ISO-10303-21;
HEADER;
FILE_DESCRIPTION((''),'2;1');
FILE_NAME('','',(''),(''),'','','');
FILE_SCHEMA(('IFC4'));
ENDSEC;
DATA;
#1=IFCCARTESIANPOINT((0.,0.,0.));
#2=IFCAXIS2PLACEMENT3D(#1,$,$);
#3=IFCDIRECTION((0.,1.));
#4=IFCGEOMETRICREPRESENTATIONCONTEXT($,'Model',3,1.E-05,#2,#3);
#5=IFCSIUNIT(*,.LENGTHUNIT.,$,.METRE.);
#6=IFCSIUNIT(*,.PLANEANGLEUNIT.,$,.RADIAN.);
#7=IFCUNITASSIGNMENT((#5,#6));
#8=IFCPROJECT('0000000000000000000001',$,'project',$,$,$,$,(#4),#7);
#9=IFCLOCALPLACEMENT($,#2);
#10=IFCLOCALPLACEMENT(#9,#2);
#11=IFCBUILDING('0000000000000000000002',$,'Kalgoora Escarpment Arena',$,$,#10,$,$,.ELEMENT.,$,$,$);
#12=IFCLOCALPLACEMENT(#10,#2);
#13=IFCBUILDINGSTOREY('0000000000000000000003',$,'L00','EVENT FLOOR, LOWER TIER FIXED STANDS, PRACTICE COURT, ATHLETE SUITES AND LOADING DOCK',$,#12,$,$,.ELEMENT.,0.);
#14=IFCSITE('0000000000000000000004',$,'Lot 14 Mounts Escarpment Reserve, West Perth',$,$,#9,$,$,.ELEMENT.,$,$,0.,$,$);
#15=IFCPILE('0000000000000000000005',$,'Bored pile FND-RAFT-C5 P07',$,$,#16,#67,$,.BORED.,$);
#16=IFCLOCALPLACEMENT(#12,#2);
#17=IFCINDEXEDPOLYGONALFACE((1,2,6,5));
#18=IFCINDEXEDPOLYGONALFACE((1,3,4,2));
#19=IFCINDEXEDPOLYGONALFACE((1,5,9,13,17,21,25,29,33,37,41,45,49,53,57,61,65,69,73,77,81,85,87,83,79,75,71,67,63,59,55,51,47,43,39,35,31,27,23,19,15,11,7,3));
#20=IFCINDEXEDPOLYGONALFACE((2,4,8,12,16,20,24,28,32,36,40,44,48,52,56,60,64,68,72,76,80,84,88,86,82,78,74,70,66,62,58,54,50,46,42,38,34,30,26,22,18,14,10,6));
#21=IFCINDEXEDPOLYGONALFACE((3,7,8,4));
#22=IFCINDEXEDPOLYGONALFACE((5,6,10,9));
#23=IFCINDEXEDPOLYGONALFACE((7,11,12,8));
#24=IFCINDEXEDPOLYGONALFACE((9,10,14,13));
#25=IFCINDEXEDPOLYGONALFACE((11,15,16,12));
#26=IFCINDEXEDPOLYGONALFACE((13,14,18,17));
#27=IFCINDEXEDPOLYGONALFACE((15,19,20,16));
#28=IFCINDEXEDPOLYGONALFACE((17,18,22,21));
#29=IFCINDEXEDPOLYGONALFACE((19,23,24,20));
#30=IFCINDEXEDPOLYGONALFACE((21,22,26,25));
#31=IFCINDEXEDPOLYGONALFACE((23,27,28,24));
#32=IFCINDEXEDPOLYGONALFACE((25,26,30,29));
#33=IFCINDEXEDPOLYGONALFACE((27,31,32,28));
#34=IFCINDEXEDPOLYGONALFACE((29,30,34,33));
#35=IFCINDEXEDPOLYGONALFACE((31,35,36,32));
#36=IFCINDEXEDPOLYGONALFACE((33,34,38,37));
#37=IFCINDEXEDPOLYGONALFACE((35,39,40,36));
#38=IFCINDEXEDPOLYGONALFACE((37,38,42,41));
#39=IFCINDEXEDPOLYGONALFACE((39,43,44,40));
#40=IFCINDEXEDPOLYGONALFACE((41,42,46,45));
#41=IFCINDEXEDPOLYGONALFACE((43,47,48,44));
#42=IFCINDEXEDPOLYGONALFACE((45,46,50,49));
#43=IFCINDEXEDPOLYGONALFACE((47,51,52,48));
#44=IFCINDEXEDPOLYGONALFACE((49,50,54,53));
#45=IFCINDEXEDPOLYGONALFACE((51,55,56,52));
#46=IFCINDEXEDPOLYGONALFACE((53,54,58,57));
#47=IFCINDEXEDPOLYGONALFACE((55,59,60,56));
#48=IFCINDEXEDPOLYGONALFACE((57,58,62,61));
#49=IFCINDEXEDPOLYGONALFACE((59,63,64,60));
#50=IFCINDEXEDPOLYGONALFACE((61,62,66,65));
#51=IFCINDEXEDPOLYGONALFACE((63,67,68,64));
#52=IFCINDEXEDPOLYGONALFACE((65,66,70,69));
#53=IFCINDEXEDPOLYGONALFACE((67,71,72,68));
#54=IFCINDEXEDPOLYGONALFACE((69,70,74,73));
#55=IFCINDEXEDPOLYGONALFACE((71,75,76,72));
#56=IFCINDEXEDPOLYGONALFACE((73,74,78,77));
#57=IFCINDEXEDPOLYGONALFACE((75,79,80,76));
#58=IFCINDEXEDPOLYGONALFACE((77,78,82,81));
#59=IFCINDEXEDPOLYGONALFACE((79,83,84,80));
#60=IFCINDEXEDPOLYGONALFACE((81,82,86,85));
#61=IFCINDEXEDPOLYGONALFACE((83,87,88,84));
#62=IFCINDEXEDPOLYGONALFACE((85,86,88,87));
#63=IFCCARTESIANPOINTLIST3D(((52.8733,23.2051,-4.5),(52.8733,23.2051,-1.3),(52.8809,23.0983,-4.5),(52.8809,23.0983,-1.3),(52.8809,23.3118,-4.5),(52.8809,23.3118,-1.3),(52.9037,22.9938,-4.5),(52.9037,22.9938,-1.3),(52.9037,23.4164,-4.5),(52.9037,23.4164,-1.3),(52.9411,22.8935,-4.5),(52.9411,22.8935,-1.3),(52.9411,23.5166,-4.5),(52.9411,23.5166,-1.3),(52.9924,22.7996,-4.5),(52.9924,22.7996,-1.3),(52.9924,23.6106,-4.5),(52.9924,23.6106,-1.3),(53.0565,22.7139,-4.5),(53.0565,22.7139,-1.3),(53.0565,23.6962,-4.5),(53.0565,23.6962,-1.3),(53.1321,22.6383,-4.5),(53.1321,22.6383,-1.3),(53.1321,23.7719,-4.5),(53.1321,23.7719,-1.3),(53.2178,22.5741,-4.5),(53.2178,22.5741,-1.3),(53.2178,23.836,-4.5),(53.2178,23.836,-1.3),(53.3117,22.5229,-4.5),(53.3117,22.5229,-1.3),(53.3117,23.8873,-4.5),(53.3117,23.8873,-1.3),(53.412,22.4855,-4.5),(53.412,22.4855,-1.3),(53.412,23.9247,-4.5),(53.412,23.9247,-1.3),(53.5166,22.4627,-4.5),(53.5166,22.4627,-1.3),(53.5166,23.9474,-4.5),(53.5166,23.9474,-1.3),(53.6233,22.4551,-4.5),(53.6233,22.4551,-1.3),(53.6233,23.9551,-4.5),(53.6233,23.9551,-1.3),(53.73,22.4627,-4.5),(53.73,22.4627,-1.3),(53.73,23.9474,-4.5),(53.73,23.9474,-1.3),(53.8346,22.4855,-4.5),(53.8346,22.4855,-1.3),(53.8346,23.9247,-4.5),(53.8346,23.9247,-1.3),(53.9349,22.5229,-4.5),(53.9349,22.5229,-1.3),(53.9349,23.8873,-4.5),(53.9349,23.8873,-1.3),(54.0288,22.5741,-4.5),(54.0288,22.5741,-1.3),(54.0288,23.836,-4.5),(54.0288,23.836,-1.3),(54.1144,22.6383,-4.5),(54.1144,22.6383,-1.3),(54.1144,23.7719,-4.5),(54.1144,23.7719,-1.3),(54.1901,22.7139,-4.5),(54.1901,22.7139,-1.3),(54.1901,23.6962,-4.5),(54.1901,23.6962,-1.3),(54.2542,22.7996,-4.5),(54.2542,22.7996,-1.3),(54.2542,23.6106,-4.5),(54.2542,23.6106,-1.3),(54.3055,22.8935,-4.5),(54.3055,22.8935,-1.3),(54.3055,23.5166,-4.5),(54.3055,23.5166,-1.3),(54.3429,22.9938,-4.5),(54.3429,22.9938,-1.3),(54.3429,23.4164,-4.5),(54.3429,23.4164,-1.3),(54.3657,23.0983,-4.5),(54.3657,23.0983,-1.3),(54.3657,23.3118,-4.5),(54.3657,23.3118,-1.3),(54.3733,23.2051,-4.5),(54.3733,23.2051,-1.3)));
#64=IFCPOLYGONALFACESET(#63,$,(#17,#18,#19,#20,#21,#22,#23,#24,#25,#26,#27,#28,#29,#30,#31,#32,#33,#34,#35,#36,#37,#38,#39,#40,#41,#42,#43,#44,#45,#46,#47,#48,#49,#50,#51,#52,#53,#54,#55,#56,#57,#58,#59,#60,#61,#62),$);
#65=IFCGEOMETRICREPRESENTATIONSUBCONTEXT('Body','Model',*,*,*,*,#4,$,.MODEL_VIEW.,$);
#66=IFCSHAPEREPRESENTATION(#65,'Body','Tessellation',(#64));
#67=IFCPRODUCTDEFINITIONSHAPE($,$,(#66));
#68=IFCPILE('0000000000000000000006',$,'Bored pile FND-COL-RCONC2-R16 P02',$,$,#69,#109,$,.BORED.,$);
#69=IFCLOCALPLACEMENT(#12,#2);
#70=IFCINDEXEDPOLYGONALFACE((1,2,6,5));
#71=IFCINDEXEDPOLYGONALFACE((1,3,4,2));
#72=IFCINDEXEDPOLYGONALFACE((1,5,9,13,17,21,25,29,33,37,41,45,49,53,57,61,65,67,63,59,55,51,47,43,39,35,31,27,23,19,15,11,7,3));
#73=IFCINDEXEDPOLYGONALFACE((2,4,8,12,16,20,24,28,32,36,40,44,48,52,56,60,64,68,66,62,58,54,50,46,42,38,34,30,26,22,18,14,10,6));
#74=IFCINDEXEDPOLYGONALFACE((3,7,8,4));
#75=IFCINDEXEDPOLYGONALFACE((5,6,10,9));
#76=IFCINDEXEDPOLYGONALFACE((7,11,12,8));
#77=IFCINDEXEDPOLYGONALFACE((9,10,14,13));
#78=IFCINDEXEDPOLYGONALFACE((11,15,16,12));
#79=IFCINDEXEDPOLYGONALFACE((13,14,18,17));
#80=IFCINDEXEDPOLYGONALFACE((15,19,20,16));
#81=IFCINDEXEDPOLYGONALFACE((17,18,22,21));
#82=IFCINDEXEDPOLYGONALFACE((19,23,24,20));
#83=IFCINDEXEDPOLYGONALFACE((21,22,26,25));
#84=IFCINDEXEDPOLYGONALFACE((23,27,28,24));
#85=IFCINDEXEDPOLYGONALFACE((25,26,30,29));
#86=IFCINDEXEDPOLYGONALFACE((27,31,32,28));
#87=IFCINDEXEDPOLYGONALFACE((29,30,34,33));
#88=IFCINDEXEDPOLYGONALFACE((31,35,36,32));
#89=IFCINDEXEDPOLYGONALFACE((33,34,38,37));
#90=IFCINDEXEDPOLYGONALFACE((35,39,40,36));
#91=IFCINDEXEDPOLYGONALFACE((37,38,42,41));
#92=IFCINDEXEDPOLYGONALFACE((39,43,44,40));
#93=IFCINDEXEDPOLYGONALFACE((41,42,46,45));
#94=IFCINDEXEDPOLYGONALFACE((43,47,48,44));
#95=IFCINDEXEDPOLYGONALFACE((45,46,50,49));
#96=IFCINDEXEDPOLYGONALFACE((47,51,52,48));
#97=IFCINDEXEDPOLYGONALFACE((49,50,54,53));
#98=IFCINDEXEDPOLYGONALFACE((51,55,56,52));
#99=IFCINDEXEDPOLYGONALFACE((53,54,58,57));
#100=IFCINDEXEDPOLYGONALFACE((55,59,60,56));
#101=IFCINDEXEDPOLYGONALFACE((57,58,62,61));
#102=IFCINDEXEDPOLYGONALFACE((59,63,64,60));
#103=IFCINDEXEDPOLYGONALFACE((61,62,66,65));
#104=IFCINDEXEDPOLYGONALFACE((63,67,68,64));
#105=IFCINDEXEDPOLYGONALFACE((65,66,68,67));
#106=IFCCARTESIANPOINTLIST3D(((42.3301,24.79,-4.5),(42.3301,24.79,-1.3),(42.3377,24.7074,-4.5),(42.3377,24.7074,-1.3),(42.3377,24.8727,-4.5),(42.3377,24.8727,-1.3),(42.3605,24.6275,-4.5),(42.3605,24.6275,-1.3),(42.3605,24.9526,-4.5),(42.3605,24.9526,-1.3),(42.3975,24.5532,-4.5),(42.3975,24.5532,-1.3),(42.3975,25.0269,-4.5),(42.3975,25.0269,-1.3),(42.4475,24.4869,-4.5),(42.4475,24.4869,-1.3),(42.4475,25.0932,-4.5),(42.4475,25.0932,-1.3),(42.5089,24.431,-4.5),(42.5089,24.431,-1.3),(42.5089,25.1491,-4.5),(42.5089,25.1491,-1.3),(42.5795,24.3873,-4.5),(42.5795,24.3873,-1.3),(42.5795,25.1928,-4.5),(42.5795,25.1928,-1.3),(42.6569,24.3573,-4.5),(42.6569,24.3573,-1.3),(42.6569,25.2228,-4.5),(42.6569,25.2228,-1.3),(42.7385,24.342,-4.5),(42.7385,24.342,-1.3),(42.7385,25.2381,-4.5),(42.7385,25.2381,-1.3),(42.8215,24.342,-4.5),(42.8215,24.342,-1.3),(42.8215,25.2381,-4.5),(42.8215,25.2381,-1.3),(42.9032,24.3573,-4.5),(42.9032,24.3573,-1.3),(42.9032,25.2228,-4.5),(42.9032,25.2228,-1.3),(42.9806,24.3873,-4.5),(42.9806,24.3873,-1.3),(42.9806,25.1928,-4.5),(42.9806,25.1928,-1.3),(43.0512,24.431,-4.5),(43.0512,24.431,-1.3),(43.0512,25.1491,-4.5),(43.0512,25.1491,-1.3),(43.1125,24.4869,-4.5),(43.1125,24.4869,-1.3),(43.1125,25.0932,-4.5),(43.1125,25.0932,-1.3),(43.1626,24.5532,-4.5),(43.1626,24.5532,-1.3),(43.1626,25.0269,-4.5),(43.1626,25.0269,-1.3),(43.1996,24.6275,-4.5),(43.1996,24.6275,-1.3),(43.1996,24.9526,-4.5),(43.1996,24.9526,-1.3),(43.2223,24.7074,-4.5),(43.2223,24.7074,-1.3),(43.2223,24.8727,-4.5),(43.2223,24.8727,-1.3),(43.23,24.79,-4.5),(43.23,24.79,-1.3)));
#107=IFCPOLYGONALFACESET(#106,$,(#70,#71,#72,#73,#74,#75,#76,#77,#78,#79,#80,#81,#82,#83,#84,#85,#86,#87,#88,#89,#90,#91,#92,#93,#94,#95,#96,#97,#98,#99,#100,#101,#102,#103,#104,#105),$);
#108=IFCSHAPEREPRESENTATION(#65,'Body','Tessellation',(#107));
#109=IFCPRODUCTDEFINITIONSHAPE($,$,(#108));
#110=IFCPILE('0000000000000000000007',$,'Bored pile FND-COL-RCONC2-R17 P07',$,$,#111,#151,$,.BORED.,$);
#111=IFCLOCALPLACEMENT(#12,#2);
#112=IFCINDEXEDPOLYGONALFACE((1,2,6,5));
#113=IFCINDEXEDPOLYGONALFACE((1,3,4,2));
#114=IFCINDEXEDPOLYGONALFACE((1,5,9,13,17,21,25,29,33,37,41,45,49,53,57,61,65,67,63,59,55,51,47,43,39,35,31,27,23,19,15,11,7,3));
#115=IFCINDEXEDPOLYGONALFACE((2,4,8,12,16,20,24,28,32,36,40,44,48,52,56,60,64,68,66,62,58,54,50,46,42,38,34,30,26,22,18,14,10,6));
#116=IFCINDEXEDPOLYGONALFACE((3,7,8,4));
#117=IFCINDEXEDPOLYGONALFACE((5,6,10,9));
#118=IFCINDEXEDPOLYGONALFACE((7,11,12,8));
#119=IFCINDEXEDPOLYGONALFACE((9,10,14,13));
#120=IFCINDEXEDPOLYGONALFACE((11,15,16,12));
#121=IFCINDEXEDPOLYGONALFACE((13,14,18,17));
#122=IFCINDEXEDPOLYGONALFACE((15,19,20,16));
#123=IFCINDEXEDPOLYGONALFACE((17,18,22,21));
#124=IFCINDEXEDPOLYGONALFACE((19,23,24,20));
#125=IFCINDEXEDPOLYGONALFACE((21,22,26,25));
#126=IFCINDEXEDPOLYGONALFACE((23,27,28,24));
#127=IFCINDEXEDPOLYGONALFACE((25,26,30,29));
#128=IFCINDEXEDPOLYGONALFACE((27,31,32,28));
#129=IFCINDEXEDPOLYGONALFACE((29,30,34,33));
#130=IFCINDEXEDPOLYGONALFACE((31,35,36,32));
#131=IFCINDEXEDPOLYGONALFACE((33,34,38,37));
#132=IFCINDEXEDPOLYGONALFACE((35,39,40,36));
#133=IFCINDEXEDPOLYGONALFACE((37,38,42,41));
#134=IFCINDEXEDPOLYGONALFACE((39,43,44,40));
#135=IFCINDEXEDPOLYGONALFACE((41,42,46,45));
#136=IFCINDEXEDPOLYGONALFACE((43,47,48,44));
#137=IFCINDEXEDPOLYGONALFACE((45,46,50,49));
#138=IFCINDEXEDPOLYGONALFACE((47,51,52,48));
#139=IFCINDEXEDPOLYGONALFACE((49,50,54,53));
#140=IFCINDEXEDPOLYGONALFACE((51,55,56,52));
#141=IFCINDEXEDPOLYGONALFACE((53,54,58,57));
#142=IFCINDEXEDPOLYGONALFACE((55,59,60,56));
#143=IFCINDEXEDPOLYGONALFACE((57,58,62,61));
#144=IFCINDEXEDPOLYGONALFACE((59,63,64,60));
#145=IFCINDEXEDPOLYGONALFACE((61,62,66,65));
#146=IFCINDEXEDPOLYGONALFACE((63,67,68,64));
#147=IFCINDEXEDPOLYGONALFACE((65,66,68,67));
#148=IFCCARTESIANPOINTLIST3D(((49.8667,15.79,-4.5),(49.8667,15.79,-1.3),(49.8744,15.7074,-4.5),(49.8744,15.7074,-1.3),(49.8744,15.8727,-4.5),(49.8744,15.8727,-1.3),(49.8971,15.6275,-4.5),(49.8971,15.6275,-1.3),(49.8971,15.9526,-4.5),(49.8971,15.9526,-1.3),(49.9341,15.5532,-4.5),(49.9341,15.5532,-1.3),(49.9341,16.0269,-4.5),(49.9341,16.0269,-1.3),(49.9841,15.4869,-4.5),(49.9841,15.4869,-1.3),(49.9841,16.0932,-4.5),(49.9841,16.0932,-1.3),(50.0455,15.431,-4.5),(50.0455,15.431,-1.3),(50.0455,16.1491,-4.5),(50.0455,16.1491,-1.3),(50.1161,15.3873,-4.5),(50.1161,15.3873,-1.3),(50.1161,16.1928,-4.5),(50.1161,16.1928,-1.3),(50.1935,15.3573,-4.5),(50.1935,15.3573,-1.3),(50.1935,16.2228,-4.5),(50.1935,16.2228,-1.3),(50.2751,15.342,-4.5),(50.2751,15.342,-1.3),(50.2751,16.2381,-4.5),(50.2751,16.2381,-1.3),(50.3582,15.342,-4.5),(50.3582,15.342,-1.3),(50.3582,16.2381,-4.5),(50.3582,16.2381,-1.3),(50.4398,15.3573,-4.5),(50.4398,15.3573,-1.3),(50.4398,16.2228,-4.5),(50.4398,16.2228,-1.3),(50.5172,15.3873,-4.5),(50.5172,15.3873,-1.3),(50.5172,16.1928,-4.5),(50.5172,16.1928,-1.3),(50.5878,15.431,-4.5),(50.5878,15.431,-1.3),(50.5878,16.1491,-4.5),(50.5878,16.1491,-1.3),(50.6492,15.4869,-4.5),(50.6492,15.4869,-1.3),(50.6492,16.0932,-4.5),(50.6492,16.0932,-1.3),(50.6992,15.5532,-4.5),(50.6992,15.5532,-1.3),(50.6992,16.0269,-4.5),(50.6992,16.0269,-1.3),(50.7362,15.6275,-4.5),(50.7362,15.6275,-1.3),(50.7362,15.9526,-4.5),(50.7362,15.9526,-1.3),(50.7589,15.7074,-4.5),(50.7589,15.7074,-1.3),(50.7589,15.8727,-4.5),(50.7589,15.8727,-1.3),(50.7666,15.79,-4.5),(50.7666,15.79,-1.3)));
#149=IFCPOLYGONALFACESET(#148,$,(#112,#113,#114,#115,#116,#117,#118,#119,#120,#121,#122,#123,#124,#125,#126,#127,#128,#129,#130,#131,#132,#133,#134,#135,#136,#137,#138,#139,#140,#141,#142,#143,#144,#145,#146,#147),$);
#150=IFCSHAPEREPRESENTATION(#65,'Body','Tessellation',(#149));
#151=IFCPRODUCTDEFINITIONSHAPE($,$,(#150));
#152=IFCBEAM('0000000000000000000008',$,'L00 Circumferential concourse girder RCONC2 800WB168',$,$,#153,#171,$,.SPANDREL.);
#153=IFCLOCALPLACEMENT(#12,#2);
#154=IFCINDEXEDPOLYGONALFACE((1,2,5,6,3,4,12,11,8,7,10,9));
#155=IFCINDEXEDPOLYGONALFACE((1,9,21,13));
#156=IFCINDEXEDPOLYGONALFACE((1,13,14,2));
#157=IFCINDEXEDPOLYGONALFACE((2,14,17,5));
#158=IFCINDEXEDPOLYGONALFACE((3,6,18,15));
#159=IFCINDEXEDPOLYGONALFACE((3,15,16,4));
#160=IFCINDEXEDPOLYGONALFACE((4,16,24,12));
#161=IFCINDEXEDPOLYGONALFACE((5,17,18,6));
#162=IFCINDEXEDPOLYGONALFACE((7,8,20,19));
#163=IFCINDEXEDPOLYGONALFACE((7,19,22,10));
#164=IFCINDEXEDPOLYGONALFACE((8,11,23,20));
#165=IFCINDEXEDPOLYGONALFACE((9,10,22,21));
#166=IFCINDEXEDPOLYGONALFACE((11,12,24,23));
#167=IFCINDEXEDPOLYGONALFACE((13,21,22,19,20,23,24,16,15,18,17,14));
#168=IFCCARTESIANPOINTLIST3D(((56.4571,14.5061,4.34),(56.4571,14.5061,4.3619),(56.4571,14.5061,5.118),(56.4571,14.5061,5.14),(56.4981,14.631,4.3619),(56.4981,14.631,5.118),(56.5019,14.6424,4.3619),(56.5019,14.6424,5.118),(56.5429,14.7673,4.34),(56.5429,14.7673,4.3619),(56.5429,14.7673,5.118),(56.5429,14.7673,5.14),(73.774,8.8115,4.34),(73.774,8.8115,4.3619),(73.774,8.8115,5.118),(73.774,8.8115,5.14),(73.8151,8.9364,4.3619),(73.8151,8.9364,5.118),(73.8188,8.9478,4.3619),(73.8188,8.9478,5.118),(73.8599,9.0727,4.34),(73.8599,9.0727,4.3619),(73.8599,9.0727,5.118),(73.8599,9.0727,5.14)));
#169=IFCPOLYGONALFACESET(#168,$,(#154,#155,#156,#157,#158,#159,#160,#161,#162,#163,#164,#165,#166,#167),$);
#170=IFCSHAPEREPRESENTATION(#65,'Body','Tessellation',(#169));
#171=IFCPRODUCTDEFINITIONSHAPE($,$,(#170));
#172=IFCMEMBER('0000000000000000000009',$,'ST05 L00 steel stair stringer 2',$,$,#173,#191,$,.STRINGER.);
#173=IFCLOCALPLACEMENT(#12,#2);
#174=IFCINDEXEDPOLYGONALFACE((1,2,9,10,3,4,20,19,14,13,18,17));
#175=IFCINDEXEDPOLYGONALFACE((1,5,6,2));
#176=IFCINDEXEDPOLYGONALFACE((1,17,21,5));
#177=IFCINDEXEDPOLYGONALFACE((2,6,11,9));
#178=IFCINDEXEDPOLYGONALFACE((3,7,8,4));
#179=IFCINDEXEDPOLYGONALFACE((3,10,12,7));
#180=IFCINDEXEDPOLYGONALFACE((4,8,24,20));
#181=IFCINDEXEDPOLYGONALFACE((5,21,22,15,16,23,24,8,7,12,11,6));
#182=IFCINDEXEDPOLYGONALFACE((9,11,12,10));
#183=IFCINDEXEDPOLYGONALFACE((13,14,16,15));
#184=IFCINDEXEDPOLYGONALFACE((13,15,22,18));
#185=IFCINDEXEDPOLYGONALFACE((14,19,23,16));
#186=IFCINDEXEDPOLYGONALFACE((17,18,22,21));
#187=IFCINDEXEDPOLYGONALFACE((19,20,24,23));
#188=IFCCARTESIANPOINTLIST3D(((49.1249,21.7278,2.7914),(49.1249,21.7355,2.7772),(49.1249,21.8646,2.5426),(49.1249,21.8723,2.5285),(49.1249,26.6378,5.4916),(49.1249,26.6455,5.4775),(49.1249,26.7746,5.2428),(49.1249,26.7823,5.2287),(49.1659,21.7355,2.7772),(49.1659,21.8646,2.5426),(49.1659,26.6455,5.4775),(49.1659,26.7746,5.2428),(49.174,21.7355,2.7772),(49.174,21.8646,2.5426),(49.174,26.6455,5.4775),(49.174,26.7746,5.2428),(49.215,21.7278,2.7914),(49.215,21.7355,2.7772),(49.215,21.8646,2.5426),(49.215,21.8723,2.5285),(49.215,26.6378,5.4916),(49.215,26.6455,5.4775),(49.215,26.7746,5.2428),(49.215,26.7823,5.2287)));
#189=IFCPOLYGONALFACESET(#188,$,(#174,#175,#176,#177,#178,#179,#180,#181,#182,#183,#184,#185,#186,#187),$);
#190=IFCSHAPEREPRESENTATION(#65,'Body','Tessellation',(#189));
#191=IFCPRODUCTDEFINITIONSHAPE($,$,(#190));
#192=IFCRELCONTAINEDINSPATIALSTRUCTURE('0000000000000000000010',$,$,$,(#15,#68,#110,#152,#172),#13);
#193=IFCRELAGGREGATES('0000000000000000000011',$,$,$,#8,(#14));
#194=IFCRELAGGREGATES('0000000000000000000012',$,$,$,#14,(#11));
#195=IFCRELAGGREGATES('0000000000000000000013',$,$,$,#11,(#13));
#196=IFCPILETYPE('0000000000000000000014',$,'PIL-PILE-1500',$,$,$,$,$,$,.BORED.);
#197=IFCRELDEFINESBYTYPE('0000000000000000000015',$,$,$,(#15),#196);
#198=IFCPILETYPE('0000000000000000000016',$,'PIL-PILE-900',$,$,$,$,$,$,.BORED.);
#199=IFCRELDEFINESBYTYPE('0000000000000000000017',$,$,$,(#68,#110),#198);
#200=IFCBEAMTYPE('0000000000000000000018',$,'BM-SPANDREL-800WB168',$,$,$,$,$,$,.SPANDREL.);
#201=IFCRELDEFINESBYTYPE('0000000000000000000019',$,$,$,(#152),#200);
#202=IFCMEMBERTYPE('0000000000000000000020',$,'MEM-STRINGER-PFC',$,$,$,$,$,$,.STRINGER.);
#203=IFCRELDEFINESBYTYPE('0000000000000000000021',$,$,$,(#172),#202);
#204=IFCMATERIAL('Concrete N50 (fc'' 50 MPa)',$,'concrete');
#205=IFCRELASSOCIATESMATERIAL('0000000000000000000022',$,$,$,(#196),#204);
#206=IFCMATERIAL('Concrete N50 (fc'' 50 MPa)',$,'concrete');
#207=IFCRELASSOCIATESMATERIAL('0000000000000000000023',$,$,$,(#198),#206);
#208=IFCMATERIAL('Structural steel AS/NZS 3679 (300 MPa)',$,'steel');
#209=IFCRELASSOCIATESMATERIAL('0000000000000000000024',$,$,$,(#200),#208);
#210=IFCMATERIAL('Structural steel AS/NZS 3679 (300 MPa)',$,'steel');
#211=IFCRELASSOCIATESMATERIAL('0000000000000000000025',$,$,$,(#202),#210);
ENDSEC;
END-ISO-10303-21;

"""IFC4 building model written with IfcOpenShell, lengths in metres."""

from ifc_helpers import new_model, si_unit, direction, frame, origin, origin_2d, place, context, subcontext, project, spatial, circle, i_section, extrude, material, material_profile, profile_set, type_object, element, save


model = new_model("IFC4")

# Units and contexts
model_context = context("Model", 3, precision=1e-05, world=origin(), true_north=direction((0.0, 1.0)))
body_context = subcontext(model_context, "Body", "Model", "MODEL_VIEW")
ifc_project = project(units=[si_unit("LENGTHUNIT", "METRE"), si_unit("PLANEANGLEUNIT", "RADIAN")], contexts=[model_context])

# Site, building, storey
site_placement = place(None, origin())
site = spatial("IfcSite", under=ifc_project, at=site_placement, Name="Lot 14 Mounts Escarpment Reserve, West Perth", CompositionType="ELEMENT", RefElevation=0.0)
building_placement = place(site_placement, origin())
building = spatial("IfcBuilding", under=site, at=building_placement, Name="Kalgoora Escarpment Arena", CompositionType="ELEMENT")
storey_placement = place(building_placement, origin())
storey = spatial("IfcBuildingStorey", under=building, at=storey_placement, Name="L00", Description="EVENT FLOOR, LOWER TIER FIXED STANDS, PRACTICE COURT, ATHLETE SUITES AND LOADING DOCK", CompositionType="ELEMENT", Elevation=0.0)

# Piles
ifc_material_1 = material(Name="Concrete N50 (fc' 50 MPa)", Category="concrete")
ifc_material_profile_1 = material_profile(ifc_material_1, circle(Radius=0.75, at=origin_2d()))
ifc_profile_set_1 = profile_set([ifc_material_profile_1], Name="Concrete N50 (fc' 50 MPa)")
pile_type_1 = type_object("IfcPileType", Name="PIL-PILE-1500", PredefinedType="BORED", material=ifc_profile_set_1)
for number, where, z_axis, x_axis, name in (
    (1, (53.6233, 23.2051, -1.3), (0.0, 0.0, -1.0), (1.0, 0.0, 0.0), "Bored pile FND-RAFT-C5 P07"),
):
    element("IfcPile", number, at=place(storey_placement, frame(where, z_axis=z_axis, x_axis=x_axis)), inside=storey, type_object=pile_type_1, Name=name, PredefinedType="BORED", context=body_context, shape_type="SweptSolid", body=[
        extrude(circle(Radius=0.75, at=origin_2d()), origin(), (0.0, 0.0, 1.0), 3.2),
    ])
ifc_material_2 = material(Name="Concrete N50 (fc' 50 MPa)", Category="concrete")
ifc_material_profile_2 = material_profile(ifc_material_2, circle(Radius=0.45, at=origin_2d()))
ifc_profile_set_2 = profile_set([ifc_material_profile_2], Name="Concrete N50 (fc' 50 MPa)")
pile_type_2 = type_object("IfcPileType", Name="PIL-PILE-900", PredefinedType="BORED", material=ifc_profile_set_2)
for number, where, z_axis, x_axis, name in (
    (2, (42.78, 24.79, -1.3), (0.0, 0.0, -1.0), (1.0, 0.0, 0.0), "Bored pile FND-COL-RCONC2-R16 P02"),
    (3, (50.3167, 15.79, -1.3), (0.0, 0.0, -1.0), (1.0, 0.0, 0.0), "Bored pile FND-COL-RCONC2-R17 P07"),
):
    element("IfcPile", number, at=place(storey_placement, frame(where, z_axis=z_axis, x_axis=x_axis)), inside=storey, type_object=pile_type_2, Name=name, PredefinedType="BORED", context=body_context, shape_type="SweptSolid", body=[
        extrude(circle(Radius=0.45, at=origin_2d()), origin(), (0.0, 0.0, 1.0), 3.2),
    ])

# Beam
ifc_material_3 = material(Name="Structural steel AS/NZS 3679 (300 MPa)", Category="steel")
ifc_material_profile_3 = material_profile(ifc_material_3, i_section(OverallWidth=0.2749, OverallDepth=0.8, WebThickness=0.012, FlangeThickness=0.022, at=origin_2d()))
ifc_profile_set_3 = profile_set([ifc_material_profile_3], Name="Structural steel AS/NZS 3679 (300 MPa)")
beam_type = type_object("IfcBeamType", Name="BM-SPANDREL-800WB168", PredefinedType="SPANDREL", material=ifc_profile_set_3)
beam_placement = place(storey_placement, frame((56.5, 14.6367, 4.74), z_axis=(0.949955, -0.312388, 0.0), x_axis=(0.312388, 0.949955, 0.0)))
element("IfcBeam", 4, at=beam_placement, inside=storey, type_object=beam_type, Name="L00 Circumferential concourse girder RCONC2 800WB168", PredefinedType="SPANDREL", context=body_context, shape_type="SweptSolid", body=[
    extrude(i_section(OverallWidth=0.2749, OverallDepth=0.8, WebThickness=0.012, FlangeThickness=0.022, at=origin_2d()), origin(), (0.0, 0.0, 1.0), 18.2292),
])

# Member
ifc_material_4 = material(Name="Structural steel AS/NZS 3679 (300 MPa)", Category="steel")
ifc_material_profile_4 = material_profile(ifc_material_4, i_section(OverallWidth=0.0901, OverallDepth=0.3, WebThickness=0.0081, FlangeThickness=0.0161, at=origin_2d()))
ifc_profile_set_4 = profile_set([ifc_material_profile_4], Name="Structural steel AS/NZS 3679 (300 MPa)")
member_type = type_object("IfcMemberType", Name="MEM-STRINGER-PFC", PredefinedType="STRINGER", material=ifc_profile_set_4)
member_placement = place(storey_placement, frame((49.1699, 21.8, 2.6599), z_axis=(0.0, 0.876235, 0.481884), x_axis=(-1.0, 0.0, 0.0)))
element("IfcMember", 5, at=member_placement, inside=storey, type_object=member_type, Name="ST05 L00 steel stair stringer 2", PredefinedType="STRINGER", context=body_context, shape_type="SweptSolid", body=[
    extrude(i_section(OverallWidth=0.0901, OverallDepth=0.3, WebThickness=0.0081, FlangeThickness=0.0161, at=origin_2d()), origin(), (0.0, 0.0, 1.0), 5.6035),
])

save(model, "model.ifc")
